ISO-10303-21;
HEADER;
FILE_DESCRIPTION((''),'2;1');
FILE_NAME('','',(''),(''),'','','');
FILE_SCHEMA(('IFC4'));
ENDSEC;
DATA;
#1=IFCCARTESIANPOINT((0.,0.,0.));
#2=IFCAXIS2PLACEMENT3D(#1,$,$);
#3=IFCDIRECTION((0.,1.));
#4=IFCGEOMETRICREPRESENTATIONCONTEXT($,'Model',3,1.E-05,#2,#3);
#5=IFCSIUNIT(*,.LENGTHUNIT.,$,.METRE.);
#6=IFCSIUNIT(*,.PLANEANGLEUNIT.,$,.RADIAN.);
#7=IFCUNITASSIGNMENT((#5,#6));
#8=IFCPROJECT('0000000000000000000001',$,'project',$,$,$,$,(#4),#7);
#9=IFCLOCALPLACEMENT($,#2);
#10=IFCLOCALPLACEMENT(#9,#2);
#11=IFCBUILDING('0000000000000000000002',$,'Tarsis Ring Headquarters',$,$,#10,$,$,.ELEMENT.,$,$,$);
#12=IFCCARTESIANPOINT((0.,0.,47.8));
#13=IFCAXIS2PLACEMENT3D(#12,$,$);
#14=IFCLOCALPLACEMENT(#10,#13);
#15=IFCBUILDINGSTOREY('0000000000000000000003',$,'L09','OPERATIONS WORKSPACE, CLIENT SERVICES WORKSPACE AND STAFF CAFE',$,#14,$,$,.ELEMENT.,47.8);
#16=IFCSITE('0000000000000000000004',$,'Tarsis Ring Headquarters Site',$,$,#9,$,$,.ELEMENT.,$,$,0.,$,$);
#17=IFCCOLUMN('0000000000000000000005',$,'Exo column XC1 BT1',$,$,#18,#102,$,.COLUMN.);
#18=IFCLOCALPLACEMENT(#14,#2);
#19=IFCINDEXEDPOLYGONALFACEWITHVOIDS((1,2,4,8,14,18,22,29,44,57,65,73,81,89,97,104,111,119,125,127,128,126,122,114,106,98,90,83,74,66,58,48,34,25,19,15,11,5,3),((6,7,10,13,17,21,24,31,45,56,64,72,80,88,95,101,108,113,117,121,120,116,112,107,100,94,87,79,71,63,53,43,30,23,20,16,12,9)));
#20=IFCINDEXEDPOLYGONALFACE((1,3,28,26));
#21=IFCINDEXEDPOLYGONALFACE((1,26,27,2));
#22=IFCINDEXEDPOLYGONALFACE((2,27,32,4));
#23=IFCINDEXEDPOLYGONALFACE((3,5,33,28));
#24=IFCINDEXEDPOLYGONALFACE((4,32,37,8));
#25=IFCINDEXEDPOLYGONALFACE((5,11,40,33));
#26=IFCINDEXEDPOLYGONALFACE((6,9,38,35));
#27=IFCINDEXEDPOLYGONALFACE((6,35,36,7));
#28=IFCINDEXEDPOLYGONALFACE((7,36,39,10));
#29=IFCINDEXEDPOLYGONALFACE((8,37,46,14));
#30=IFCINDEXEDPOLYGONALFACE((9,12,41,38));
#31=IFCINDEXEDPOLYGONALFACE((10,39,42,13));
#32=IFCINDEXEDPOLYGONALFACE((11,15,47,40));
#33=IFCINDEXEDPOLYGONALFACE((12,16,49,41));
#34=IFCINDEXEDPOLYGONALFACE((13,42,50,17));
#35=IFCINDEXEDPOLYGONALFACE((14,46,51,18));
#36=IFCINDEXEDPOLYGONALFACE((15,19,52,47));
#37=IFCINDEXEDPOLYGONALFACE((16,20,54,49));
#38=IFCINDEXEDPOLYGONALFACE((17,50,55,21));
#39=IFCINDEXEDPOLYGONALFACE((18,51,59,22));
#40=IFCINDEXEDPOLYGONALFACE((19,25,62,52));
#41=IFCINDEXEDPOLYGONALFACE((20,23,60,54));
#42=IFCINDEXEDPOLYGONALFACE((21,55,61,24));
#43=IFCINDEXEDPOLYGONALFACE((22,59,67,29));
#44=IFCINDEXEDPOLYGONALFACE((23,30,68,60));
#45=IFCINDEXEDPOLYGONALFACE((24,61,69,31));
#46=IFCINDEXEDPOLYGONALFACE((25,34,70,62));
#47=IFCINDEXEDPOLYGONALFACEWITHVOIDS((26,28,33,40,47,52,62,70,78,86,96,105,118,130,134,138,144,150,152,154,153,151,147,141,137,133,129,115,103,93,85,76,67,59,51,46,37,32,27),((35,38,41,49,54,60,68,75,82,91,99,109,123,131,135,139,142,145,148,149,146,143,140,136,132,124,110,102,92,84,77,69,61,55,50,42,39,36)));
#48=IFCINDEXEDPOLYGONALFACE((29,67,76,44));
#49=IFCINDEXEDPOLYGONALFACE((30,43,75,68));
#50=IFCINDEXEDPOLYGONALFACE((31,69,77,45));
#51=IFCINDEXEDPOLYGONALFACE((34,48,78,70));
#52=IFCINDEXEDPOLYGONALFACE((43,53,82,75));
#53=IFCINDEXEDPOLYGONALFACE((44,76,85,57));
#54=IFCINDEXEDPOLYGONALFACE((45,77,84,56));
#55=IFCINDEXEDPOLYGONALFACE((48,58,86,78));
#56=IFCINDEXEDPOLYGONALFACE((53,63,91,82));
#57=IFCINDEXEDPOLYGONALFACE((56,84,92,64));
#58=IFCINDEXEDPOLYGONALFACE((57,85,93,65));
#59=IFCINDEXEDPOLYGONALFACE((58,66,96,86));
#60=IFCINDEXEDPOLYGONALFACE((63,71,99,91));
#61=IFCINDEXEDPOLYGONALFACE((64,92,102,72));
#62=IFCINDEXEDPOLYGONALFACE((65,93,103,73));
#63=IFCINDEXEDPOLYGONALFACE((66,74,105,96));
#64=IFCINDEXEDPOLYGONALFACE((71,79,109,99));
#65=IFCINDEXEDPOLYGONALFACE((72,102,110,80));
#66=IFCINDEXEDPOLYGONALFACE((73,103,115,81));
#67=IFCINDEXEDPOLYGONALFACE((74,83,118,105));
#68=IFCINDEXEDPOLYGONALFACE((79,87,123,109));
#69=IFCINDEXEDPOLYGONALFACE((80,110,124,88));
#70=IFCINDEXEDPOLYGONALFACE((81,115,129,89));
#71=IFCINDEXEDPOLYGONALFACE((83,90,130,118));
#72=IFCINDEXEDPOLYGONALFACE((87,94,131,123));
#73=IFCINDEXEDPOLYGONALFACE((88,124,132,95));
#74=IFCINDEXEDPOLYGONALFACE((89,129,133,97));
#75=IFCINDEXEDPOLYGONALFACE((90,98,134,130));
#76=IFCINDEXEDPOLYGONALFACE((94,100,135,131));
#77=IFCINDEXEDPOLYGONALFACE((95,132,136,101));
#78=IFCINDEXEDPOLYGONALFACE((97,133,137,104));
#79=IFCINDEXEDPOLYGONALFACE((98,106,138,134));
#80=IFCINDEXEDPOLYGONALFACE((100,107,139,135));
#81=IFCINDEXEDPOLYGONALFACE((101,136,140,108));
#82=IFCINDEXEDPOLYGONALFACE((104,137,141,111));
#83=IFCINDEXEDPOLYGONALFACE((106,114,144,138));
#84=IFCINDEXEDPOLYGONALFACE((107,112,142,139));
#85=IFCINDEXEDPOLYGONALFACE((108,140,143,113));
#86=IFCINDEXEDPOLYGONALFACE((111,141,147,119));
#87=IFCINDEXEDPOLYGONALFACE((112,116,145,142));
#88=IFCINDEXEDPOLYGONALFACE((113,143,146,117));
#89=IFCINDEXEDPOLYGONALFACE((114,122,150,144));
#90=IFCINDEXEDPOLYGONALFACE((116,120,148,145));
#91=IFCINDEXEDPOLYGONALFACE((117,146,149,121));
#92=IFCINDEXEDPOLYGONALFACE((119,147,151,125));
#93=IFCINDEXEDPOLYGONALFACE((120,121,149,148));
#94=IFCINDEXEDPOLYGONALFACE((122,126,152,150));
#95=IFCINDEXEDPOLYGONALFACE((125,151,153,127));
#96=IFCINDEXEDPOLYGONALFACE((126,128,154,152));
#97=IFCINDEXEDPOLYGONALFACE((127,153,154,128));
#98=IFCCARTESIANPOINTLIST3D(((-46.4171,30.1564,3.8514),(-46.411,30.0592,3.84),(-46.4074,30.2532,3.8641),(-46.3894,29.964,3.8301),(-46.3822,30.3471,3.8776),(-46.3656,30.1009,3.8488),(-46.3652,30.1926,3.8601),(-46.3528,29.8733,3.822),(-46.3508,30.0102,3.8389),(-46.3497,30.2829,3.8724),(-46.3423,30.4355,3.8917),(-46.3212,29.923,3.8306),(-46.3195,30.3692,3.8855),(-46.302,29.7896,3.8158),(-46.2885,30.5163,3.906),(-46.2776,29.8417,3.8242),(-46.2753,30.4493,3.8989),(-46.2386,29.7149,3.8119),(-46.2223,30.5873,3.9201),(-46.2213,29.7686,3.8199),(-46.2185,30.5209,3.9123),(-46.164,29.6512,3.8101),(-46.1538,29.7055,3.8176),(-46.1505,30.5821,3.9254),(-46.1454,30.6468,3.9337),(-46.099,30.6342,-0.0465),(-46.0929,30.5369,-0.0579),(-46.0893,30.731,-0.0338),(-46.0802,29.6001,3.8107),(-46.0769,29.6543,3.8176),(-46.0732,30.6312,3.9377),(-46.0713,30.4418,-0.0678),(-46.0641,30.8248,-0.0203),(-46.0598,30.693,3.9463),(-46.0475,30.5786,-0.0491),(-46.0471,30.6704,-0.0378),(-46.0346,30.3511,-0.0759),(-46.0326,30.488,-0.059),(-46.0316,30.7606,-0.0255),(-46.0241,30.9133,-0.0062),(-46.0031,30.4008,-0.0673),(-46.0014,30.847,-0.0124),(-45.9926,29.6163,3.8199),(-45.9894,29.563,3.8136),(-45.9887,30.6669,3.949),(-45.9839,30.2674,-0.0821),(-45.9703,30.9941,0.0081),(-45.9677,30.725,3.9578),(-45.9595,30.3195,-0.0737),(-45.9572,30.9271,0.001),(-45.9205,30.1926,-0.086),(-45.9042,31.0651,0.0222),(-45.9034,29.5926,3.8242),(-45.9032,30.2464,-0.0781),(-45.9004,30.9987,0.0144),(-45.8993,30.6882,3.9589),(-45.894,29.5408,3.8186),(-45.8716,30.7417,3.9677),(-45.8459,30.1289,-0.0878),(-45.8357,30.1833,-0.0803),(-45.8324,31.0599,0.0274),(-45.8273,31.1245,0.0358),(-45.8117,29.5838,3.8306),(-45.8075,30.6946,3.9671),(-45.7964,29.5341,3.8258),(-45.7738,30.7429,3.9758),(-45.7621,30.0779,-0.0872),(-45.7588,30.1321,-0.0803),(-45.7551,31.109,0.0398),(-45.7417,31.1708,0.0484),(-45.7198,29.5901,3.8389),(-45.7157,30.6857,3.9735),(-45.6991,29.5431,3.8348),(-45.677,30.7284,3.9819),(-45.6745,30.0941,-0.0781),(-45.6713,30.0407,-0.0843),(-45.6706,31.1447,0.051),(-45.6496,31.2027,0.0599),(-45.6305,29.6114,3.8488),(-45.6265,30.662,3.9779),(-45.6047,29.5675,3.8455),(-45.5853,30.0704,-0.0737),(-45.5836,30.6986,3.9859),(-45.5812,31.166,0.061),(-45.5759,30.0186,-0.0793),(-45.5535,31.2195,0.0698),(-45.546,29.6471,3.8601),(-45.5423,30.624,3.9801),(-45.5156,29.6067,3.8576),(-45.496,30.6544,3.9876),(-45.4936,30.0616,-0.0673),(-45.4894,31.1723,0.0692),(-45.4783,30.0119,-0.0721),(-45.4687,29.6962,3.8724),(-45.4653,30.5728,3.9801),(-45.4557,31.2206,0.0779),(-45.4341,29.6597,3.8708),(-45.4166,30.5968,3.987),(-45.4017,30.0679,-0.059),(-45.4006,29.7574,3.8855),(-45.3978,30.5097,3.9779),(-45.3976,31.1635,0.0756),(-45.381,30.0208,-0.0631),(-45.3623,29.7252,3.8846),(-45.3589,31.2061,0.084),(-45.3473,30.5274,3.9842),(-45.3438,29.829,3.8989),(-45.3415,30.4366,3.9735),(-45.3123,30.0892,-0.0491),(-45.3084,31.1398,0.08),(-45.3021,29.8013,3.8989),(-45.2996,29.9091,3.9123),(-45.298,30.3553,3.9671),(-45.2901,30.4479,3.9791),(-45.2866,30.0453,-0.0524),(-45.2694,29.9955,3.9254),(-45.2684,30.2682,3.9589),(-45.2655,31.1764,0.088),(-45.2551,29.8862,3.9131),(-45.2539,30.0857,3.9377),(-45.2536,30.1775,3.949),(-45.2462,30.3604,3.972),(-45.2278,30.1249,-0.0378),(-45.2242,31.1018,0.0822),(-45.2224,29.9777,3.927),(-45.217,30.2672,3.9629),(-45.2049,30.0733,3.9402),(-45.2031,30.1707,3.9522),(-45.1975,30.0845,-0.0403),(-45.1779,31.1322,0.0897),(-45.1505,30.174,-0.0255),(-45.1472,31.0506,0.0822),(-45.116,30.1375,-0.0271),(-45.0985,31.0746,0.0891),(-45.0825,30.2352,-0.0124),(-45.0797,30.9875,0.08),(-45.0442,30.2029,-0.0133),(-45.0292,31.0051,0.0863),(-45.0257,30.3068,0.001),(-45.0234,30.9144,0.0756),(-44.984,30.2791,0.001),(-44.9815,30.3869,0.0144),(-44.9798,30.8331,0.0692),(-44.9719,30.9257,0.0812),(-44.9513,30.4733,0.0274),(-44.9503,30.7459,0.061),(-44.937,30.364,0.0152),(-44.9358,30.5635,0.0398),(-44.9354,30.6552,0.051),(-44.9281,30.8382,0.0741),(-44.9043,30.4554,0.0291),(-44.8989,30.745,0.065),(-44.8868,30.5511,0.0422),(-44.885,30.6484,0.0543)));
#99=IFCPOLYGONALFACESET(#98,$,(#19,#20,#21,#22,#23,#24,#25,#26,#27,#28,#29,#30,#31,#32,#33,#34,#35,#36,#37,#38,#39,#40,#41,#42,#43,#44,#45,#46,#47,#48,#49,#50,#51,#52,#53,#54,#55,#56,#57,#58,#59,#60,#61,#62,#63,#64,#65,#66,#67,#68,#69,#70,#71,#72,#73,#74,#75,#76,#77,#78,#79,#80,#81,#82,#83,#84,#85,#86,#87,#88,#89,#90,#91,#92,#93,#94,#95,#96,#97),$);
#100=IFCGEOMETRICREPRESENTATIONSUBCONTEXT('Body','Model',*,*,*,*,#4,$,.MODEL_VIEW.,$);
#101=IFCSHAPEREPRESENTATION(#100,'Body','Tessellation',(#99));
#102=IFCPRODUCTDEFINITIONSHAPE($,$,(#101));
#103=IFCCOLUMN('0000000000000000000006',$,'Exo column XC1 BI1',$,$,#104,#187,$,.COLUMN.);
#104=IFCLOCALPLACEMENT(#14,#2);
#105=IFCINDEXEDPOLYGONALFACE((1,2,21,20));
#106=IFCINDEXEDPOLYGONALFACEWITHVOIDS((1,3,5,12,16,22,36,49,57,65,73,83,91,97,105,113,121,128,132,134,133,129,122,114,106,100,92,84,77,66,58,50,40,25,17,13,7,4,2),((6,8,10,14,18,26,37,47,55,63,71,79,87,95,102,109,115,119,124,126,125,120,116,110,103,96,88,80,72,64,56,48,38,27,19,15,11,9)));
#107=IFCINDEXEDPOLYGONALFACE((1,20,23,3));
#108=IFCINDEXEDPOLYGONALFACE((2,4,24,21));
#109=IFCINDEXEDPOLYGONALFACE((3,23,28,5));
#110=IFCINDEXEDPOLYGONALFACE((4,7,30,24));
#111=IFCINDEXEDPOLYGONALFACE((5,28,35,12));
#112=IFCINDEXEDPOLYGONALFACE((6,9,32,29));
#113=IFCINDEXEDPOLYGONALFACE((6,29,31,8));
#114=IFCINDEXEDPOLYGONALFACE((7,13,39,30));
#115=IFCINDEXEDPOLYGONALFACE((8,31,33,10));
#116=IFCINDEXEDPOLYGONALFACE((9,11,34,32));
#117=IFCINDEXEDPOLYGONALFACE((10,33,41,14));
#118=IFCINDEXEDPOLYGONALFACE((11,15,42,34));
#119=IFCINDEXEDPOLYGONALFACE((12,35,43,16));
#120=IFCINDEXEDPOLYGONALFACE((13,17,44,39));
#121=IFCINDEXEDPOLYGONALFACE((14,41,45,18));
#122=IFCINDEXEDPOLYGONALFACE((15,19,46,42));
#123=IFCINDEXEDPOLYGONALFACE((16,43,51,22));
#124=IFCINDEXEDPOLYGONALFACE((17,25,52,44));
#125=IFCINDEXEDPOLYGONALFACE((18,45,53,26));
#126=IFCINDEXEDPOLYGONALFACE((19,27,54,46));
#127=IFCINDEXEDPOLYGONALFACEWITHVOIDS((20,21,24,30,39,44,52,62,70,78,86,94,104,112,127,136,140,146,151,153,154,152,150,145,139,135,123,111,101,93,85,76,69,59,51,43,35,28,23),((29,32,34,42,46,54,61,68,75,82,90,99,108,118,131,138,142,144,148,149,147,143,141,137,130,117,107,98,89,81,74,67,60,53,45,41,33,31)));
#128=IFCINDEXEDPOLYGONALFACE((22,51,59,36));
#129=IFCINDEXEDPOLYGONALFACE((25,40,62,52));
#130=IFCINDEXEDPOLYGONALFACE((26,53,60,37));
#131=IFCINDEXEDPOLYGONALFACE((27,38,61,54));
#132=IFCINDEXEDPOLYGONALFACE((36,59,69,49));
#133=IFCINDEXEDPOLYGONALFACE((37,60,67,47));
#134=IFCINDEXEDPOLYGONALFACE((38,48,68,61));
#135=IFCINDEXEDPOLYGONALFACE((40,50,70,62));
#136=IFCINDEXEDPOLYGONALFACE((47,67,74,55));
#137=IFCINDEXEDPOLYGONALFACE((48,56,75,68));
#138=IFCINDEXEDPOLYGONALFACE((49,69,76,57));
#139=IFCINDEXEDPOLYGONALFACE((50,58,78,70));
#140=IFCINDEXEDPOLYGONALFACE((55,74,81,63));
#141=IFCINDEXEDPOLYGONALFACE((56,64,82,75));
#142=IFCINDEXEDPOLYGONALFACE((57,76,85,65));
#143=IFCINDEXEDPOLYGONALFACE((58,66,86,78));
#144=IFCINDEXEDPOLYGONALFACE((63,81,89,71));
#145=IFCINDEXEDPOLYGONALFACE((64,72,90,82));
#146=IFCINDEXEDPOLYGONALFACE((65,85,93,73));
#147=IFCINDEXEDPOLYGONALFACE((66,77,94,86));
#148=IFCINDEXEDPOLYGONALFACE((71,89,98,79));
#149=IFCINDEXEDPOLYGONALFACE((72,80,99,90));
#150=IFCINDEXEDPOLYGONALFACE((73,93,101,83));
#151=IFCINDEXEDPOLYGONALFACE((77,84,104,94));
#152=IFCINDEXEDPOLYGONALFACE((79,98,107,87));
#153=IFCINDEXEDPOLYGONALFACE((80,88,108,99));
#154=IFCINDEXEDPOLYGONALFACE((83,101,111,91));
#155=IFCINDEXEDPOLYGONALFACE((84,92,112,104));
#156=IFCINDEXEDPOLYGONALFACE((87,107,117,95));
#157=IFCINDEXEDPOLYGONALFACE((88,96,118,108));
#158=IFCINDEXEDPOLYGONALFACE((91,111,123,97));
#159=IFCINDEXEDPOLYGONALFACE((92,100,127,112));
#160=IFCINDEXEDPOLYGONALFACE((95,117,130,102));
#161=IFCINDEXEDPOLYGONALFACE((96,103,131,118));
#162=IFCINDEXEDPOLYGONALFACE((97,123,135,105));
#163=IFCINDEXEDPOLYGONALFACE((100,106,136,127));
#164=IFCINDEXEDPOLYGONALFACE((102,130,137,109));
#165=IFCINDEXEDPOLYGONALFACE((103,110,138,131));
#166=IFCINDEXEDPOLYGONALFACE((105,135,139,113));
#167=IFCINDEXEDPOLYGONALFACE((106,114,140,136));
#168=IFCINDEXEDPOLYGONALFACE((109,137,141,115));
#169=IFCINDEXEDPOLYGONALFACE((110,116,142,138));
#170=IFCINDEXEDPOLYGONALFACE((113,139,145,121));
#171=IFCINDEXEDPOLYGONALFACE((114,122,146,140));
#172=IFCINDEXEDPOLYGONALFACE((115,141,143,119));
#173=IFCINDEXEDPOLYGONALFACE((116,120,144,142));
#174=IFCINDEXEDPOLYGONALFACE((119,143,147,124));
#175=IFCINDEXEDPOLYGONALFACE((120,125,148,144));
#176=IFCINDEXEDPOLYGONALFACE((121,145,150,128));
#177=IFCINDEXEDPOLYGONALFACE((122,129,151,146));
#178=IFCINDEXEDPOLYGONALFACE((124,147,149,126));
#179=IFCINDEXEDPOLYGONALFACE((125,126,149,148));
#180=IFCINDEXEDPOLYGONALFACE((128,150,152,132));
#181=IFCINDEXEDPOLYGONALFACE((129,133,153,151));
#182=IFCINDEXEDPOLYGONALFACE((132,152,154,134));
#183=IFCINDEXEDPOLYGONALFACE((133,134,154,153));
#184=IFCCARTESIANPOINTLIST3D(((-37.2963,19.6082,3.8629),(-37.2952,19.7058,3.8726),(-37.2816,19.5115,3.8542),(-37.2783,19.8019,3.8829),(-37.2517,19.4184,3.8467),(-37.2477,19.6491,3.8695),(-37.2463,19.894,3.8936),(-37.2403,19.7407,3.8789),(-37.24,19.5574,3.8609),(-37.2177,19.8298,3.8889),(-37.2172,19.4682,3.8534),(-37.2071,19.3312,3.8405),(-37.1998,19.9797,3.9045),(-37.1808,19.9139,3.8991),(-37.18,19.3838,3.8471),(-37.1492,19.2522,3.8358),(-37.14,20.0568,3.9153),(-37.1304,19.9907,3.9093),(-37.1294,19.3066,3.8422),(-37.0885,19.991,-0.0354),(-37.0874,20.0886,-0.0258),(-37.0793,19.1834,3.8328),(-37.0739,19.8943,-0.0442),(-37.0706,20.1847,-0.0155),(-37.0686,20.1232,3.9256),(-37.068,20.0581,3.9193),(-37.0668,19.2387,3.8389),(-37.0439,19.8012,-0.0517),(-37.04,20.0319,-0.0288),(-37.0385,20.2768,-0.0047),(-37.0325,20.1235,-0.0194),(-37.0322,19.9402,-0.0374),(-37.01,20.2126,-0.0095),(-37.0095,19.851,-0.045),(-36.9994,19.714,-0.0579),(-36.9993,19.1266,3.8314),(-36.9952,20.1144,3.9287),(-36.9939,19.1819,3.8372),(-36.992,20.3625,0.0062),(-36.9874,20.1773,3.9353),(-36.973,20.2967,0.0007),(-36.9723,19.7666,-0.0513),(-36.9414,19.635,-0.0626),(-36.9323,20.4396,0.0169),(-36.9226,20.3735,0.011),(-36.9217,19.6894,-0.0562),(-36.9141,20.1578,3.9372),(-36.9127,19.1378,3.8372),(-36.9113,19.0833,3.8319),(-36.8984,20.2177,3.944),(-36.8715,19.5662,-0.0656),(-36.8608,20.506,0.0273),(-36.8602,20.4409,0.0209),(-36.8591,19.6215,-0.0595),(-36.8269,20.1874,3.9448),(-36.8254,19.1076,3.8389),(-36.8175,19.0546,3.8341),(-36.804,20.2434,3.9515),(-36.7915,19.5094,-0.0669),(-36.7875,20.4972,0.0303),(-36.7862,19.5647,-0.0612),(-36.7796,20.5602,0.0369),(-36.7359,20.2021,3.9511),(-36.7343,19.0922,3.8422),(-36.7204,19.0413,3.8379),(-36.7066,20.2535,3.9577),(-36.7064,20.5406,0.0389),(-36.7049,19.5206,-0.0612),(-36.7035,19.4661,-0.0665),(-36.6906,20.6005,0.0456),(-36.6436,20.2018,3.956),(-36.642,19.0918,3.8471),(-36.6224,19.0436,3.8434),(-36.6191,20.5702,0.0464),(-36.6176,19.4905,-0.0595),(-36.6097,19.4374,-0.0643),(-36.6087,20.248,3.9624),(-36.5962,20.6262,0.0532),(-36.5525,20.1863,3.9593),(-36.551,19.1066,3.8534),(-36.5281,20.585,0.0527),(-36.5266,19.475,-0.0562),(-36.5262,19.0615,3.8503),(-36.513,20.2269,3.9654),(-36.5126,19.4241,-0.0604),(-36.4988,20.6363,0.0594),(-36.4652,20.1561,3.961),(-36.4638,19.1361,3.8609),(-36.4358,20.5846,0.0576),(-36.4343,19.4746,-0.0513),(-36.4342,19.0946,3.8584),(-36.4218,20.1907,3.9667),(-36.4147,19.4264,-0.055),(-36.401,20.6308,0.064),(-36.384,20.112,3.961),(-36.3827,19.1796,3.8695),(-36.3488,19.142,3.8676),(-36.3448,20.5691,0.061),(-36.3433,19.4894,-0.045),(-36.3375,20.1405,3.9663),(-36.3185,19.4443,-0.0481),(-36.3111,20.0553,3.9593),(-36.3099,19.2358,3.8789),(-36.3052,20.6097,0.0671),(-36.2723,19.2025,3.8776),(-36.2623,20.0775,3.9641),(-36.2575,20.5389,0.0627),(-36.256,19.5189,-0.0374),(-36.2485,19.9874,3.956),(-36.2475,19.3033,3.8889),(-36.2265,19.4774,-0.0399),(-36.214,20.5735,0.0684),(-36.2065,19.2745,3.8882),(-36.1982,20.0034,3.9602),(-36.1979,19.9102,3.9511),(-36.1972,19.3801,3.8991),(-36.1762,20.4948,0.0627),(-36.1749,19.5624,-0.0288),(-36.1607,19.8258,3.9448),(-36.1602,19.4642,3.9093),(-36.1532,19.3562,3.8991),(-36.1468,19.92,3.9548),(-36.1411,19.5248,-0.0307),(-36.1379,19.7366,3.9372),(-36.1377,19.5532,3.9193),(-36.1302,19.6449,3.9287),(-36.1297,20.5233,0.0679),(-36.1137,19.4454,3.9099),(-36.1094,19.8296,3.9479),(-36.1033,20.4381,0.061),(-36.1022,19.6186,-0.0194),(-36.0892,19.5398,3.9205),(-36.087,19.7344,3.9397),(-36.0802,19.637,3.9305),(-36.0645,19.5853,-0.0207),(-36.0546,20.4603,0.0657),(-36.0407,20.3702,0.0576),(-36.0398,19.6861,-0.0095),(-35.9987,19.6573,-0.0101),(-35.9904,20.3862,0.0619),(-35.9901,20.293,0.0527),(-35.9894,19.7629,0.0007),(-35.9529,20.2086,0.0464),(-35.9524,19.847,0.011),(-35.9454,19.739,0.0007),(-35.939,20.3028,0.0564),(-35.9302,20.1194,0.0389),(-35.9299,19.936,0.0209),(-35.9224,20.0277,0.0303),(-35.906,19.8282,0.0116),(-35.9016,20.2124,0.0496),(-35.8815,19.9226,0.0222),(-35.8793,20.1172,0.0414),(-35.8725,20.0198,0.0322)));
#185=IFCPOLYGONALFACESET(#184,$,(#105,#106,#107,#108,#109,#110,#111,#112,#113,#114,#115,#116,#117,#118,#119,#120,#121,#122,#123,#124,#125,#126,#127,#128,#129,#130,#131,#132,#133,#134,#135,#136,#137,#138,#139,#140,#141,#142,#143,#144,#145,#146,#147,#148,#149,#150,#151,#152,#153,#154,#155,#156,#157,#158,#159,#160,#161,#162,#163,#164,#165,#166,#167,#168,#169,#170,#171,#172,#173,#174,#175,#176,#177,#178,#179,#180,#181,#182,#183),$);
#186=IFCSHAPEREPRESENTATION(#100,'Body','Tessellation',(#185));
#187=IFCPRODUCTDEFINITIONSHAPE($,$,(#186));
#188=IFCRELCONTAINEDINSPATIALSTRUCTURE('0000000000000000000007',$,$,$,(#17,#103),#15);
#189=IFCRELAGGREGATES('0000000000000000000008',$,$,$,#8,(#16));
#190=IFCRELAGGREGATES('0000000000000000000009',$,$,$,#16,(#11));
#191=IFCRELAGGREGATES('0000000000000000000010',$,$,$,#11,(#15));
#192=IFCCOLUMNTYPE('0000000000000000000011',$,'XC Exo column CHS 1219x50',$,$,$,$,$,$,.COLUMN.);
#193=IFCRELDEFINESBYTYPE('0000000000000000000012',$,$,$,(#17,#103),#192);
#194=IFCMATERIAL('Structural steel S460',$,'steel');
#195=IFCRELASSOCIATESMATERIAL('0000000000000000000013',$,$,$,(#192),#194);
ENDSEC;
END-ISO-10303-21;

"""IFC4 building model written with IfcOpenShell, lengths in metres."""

from ifc_helpers import new_model, si_unit, direction, frame, origin, origin_2d, place, context, subcontext, project, spatial, hollow_circle, extrude, material, material_profile, profile_set, type_object, element, save


model = new_model("IFC4")

# Units and contexts
model_context = context("Model", 3, precision=1e-05, world=origin(), true_north=direction((0.0, 1.0)))
body_context = subcontext(model_context, "Body", "Model", "MODEL_VIEW")
ifc_project = project(units=[si_unit("LENGTHUNIT", "METRE"), si_unit("PLANEANGLEUNIT", "RADIAN")], contexts=[model_context])

# Site, building, storey
site_placement = place(None, origin())
site = spatial("IfcSite", under=ifc_project, at=site_placement, Name="Tarsis Ring Headquarters Site", CompositionType="ELEMENT", RefElevation=0.0)
building_placement = place(site_placement, origin())
building = spatial("IfcBuilding", under=site, at=building_placement, Name="Tarsis Ring Headquarters", CompositionType="ELEMENT")
storey_placement = place(building_placement, frame((0.0, 0.0, 47.8)))
storey = spatial("IfcBuildingStorey", under=building, at=storey_placement, Name="L09", Description="OPERATIONS WORKSPACE, CLIENT SERVICES WORKSPACE AND STAFF CAFE", CompositionType="ELEMENT", Elevation=47.8)

# Columns
ifc_material_1 = material(Name="Structural steel S460", Category="steel")
ifc_material_profile_1 = material_profile(ifc_material_1, hollow_circle(Radius=0.6096, WallThickness=0.05, at=origin_2d()), Name="CHS 1219x50")
ifc_profile_set_1 = profile_set([ifc_material_profile_1], Name="Structural steel S460")
column_type = type_object("IfcColumnType", Name="XC Exo column CHS 1219x50", PredefinedType="COLUMN", material=ifc_profile_set_1)
column_1_placement = place(storey_placement, frame((-45.4915, 30.6169, 0.001), z_axis=(-0.08074, -0.121265, 0.989331), x_axis=(0.832377, -0.554209, 0.0)))
element("IfcColumn", 1, at=column_1_placement, inside=storey, type_object=column_type, Name="Exo column XC1 BT1", PredefinedType="COLUMN", context=body_context, shape_type="SweptSolid", body=[
    extrude(hollow_circle(Radius=0.6096, WallThickness=0.05, at=origin_2d()), origin(), (0.0, 0.0, 1.0), 3.9399),
])
column_2_placement = place(storey_placement, frame((-36.4812, 20.0298, 0.0007), z_axis=(-0.052965, -0.097589, 0.993816), x_axis=(0.8789, -0.477005, 0.0)))
element("IfcColumn", 2, at=column_2_placement, inside=storey, type_object=column_type, Name="Exo column XC1 BI1", PredefinedType="COLUMN", context=body_context, shape_type="SweptSolid", body=[
    extrude(hollow_circle(Radius=0.6096, WallThickness=0.05, at=origin_2d()), origin(), (0.0, 0.0, 1.0), 3.9226),
])

save(model, "model.ifc")
